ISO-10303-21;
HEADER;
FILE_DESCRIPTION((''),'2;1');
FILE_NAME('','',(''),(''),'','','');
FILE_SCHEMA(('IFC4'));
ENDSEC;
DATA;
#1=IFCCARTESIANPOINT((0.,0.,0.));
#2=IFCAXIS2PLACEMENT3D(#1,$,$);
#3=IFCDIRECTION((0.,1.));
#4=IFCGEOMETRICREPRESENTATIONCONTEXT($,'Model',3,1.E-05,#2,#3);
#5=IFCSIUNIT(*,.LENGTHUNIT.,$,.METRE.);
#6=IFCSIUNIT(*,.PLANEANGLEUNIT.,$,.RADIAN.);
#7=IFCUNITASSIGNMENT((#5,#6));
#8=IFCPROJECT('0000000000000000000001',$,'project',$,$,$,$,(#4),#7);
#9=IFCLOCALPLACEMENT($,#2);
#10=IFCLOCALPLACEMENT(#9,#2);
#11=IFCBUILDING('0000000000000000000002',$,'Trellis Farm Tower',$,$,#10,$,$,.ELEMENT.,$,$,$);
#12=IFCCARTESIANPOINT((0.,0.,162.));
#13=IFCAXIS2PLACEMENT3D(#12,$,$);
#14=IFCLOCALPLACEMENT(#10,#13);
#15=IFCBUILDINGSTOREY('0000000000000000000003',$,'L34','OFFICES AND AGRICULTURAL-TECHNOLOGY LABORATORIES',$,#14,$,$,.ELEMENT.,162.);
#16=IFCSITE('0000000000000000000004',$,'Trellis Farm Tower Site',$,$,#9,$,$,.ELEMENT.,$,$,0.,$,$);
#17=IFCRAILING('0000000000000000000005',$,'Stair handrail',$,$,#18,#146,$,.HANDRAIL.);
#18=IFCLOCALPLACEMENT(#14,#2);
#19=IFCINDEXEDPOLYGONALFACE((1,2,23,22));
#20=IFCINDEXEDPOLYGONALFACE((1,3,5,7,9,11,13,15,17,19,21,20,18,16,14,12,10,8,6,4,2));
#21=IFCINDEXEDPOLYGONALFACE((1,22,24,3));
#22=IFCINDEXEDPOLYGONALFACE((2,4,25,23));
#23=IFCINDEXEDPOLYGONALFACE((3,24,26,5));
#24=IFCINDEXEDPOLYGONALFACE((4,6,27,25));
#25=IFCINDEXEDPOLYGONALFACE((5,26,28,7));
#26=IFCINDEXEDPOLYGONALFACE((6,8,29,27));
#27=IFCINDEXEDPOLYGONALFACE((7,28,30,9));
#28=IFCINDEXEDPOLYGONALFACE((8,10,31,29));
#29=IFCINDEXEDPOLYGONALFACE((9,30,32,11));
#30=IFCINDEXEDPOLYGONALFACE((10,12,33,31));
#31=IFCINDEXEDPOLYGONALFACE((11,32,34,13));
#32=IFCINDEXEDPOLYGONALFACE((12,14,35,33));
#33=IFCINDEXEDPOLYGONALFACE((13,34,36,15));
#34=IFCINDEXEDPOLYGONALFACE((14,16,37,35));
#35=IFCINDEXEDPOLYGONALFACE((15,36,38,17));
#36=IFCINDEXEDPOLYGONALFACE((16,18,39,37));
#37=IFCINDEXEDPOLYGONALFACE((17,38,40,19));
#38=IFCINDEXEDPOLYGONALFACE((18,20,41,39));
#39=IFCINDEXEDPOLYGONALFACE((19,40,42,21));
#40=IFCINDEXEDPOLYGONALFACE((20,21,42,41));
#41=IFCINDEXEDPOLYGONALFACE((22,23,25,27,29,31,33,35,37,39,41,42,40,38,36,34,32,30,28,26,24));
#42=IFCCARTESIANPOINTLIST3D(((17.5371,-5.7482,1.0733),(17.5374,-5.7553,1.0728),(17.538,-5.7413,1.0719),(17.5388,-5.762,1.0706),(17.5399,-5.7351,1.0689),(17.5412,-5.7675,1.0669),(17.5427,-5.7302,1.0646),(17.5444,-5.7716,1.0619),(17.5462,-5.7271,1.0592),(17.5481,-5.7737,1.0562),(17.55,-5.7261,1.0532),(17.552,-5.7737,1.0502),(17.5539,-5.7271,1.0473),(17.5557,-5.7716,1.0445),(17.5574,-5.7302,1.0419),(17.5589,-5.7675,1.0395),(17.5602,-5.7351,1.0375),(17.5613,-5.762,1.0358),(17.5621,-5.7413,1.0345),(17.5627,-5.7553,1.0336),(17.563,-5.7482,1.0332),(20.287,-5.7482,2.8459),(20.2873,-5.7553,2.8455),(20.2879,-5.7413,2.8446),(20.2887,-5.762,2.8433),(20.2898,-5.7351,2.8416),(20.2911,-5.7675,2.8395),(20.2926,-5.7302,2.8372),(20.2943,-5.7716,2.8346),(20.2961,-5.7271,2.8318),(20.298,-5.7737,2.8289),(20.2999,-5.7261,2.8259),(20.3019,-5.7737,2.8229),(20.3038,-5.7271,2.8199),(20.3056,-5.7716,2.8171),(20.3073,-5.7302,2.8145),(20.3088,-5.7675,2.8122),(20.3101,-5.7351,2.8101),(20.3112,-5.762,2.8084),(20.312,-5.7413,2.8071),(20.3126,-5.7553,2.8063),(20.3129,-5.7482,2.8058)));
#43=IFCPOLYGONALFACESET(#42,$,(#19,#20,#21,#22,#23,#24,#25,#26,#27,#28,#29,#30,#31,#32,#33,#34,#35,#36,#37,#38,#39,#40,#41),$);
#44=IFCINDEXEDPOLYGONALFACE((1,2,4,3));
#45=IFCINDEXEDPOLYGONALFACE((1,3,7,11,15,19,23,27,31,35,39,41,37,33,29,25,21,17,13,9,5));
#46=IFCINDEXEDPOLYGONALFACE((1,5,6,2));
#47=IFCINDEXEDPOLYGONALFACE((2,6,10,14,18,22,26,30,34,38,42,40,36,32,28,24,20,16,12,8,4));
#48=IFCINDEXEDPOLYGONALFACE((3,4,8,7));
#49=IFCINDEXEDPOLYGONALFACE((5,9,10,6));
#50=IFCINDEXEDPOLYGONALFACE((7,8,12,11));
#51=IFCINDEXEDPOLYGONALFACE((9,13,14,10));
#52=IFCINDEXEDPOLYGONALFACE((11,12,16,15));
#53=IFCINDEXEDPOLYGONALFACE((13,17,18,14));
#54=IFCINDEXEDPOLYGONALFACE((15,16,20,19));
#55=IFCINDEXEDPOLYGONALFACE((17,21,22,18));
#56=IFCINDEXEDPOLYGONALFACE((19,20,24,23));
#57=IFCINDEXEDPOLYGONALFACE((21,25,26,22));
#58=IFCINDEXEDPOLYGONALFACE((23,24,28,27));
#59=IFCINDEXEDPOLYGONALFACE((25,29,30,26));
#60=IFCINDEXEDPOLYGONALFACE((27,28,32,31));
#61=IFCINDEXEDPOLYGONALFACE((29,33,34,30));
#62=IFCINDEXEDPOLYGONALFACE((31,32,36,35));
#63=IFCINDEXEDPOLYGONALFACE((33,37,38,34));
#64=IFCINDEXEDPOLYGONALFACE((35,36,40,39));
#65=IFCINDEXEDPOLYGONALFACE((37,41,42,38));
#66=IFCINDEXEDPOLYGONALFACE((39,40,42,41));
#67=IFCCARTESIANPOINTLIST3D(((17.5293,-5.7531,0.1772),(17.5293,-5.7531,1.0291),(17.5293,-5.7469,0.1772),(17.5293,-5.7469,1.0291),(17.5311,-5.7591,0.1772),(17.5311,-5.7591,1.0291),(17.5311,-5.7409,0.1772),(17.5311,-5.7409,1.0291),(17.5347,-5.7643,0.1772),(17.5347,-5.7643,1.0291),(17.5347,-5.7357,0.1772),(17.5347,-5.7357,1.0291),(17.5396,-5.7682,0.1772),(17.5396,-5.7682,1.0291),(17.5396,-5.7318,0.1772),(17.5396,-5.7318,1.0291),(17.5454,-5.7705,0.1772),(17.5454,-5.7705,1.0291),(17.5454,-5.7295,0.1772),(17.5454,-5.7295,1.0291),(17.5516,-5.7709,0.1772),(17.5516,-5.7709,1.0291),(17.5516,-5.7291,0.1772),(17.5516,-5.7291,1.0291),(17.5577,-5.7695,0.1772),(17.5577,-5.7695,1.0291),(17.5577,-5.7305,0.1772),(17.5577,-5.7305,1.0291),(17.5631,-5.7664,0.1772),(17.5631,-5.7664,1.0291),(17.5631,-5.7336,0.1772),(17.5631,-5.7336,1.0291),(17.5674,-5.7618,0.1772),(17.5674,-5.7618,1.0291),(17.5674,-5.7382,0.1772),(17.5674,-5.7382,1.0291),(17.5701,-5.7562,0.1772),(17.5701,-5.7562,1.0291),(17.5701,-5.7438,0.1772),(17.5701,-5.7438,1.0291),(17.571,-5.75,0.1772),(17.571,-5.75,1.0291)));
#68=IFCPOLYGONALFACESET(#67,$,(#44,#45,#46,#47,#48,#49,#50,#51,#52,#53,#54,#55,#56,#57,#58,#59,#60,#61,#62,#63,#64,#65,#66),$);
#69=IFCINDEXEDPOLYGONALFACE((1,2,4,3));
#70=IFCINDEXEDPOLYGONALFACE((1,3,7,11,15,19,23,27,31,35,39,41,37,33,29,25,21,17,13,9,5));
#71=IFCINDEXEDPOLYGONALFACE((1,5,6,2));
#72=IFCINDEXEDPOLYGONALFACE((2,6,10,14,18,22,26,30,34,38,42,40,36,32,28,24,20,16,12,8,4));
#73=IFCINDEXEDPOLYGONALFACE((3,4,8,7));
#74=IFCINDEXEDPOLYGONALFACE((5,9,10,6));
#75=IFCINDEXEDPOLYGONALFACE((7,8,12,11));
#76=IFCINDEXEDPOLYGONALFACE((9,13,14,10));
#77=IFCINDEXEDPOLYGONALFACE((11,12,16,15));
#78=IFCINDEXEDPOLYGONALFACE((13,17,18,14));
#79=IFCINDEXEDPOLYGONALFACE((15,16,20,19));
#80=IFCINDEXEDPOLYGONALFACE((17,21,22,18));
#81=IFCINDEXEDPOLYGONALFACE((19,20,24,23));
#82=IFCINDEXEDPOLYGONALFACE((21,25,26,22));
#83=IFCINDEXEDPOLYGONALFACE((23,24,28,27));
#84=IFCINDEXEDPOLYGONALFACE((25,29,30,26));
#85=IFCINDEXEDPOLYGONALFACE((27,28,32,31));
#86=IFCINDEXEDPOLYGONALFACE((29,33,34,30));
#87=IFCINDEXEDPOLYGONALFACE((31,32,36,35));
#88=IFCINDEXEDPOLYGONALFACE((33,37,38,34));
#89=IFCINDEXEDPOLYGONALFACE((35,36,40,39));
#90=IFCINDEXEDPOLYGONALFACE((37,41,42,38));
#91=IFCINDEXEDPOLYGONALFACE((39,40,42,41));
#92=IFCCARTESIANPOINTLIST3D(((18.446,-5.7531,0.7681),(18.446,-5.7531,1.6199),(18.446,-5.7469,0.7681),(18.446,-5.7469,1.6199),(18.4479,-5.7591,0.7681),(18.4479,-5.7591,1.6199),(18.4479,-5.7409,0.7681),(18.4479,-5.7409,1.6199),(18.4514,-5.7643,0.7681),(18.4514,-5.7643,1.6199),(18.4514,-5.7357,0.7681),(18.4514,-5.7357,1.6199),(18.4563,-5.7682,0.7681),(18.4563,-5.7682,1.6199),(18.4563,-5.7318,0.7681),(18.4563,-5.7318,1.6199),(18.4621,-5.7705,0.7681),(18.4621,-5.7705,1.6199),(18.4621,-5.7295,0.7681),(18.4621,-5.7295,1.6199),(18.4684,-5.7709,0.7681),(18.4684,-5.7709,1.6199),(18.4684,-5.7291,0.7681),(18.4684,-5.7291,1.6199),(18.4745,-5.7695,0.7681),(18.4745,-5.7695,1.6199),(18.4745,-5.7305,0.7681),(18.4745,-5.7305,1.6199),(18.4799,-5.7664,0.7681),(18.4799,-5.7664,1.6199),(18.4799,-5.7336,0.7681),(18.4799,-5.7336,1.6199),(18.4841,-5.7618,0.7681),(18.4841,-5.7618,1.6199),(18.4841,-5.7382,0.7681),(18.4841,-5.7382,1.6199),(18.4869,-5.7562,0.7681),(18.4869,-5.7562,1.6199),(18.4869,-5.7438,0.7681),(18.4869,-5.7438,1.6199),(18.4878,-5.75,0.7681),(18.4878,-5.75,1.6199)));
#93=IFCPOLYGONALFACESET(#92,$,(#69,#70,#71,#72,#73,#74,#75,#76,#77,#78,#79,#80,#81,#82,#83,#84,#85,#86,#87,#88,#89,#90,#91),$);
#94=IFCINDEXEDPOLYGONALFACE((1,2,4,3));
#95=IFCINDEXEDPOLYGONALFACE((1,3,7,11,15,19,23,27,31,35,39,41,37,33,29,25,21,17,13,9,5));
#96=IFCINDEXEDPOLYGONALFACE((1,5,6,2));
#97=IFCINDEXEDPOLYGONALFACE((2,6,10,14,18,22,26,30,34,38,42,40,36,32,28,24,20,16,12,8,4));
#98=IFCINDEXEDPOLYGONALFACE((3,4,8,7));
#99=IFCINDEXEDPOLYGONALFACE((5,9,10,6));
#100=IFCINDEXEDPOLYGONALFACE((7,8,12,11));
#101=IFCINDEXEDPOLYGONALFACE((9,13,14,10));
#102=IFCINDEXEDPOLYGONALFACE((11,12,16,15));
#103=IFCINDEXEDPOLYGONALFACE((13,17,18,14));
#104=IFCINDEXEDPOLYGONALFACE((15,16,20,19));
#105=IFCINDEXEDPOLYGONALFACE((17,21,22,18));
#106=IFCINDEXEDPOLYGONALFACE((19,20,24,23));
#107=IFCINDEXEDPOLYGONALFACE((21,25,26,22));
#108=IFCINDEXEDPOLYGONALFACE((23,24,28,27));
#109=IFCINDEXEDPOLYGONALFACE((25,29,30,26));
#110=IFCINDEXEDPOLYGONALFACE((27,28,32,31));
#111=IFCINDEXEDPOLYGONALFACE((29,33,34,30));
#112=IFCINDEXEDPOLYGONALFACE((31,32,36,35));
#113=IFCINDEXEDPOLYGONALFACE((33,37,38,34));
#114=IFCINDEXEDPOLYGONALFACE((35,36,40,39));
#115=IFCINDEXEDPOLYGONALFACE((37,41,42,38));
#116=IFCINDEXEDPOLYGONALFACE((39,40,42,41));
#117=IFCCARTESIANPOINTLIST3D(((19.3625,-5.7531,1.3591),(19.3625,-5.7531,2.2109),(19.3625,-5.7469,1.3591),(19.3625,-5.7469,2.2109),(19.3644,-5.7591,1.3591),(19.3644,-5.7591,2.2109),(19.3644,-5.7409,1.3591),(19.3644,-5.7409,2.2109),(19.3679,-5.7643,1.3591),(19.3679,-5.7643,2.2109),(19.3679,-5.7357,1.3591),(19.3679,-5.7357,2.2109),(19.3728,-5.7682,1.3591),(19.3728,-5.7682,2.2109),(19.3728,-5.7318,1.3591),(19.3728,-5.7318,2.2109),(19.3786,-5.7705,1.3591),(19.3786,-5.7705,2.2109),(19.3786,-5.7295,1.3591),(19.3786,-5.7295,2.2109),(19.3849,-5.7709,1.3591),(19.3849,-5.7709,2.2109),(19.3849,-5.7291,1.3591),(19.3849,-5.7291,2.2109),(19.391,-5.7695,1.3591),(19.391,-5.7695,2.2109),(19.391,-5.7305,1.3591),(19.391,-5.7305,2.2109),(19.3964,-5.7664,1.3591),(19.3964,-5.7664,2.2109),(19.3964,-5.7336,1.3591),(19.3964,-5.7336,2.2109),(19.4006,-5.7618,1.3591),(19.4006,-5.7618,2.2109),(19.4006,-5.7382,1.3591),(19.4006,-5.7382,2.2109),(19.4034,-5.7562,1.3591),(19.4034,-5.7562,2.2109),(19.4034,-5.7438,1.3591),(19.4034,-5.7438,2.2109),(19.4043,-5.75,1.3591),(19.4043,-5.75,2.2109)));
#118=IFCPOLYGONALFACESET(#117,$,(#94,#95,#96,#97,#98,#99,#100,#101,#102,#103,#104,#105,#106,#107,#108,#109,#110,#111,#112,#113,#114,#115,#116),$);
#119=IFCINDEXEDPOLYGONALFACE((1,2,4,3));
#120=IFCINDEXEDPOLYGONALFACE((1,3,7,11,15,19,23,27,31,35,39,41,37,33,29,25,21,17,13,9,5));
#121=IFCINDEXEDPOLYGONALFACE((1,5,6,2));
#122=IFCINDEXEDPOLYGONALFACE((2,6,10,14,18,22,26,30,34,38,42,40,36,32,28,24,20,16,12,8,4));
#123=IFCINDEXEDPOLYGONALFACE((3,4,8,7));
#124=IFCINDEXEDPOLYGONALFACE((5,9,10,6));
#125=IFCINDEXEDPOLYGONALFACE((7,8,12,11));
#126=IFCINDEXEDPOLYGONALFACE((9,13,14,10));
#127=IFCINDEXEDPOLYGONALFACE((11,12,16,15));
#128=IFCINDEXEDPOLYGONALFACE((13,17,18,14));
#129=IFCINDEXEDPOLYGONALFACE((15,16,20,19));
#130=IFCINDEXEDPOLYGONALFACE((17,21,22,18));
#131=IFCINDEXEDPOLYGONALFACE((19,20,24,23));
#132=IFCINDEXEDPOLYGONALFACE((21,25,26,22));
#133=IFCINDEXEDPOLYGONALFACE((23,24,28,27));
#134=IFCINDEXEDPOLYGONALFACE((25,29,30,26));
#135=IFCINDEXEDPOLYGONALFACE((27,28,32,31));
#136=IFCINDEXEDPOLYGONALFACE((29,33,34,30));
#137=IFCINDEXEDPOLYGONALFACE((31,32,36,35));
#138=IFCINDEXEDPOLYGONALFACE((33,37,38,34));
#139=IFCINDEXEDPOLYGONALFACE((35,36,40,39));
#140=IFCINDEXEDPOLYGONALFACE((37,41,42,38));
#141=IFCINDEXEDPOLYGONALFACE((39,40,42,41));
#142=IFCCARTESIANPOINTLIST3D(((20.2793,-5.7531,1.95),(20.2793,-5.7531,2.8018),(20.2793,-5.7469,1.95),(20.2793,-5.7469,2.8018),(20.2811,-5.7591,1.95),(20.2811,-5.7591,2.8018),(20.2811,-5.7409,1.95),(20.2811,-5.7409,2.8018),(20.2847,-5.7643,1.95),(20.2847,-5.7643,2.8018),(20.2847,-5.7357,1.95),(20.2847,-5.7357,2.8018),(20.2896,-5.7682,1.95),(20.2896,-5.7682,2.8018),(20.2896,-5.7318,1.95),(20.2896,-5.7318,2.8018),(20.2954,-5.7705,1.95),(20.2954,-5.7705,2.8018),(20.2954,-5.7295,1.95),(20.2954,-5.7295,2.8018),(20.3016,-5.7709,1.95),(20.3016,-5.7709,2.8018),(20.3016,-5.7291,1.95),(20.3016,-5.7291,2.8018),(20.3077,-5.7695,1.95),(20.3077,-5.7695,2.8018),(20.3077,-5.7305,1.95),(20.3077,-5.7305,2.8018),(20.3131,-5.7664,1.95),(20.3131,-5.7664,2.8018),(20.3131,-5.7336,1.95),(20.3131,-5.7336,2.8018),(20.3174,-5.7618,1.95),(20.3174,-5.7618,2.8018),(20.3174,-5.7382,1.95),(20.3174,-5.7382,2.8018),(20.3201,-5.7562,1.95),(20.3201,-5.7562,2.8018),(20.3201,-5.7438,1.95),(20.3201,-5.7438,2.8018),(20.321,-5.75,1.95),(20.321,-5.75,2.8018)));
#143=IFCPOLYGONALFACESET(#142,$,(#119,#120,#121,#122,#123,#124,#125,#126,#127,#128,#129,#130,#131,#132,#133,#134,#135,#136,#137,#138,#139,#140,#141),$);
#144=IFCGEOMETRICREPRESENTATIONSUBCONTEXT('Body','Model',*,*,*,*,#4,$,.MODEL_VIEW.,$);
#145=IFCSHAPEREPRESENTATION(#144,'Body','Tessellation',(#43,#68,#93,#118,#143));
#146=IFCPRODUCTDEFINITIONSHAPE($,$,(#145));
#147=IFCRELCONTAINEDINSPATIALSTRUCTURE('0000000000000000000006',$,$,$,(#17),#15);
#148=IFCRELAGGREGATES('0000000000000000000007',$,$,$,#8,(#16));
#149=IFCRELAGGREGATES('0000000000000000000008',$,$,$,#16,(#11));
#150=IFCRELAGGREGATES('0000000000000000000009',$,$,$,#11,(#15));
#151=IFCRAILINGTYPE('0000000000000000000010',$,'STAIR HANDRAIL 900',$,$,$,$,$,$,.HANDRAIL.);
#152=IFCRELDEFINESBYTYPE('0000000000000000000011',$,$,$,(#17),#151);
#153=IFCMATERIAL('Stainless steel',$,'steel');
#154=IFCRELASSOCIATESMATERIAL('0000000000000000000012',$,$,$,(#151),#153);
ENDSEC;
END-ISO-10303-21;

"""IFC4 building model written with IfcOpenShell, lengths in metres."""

from ifc_helpers import new_model, si_unit, direction, frame, origin, origin_2d, place, context, subcontext, project, spatial, circle, extrude, source, transform, mapped, material, type_object, element, save


model = new_model("IFC4")

# Units and contexts
model_context = context("Model", 3, precision=1e-05, world=origin(), true_north=direction((0.0, 1.0)))
body_context = subcontext(model_context, "Body", "Model", "MODEL_VIEW")
ifc_project = project(units=[si_unit("LENGTHUNIT", "METRE"), si_unit("PLANEANGLEUNIT", "RADIAN")], contexts=[model_context])

# Site, building, storey
site_placement = place(None, origin())
site = spatial("IfcSite", under=ifc_project, at=site_placement, Name="Trellis Farm Tower Site", CompositionType="ELEMENT", RefElevation=0.0)
building_placement = place(site_placement, origin())
building = spatial("IfcBuilding", under=site, at=building_placement, Name="Trellis Farm Tower", CompositionType="ELEMENT")
storey_placement = place(building_placement, frame((0.0, 0.0, 162.0)))
storey = spatial("IfcBuildingStorey", under=building, at=storey_placement, Name="L34", Description="OFFICES AND AGRICULTURAL-TECHNOLOGY LABORATORIES", CompositionType="ELEMENT", Elevation=162.0)

# Railing
ifc_material_1 = material(Name="Stainless steel", Category="steel")
railing_type = type_object("IfcRailingType", Name="STAIR HANDRAIL 900", PredefinedType="HANDRAIL", material=ifc_material_1)
shared_shape_1 = source(origin(), body_context, "Body", "SweptSolid", [
    extrude(circle(Radius=0.0239, at=origin_2d()), frame((0.0, 0.0, 0.876), z_axis=(0.840504, 0.0, 0.541806), x_axis=(0.0, 1.0, 0.0)), (0.0, 0.0, 1.0), 3.2717),
    extrude(circle(Radius=0.021, at=origin_2d()), origin(), (0.0, 0.0, 1.0), 0.8518),
    extrude(circle(Radius=0.021, at=origin_2d()), frame((0.9167, 0.0, 0.5908)), (0.0, 0.0, 1.0), 0.8518),
    extrude(circle(Radius=0.021, at=origin_2d()), frame((1.8333, 0.0, 1.1819)), (0.0, 0.0, 1.0), 0.8518),
    extrude(circle(Radius=0.021, at=origin_2d()), frame((2.75, 0.0, 1.7727)), (0.0, 0.0, 1.0), 0.8518),
])
for number, where, name in (
    (1, (17.55, -5.75, 0.1772), "Stair handrail"),
):
    element("IfcRailing", number, at=place(storey_placement, frame(where)), inside=storey, type_object=railing_type, Name=name, PredefinedType="HANDRAIL", context=body_context, shape_type="MappedRepresentation", body=[
        mapped(shared_shape_1, transform((0.0, 0.0, 0.0))),
    ])

save(model, "model.ifc")
